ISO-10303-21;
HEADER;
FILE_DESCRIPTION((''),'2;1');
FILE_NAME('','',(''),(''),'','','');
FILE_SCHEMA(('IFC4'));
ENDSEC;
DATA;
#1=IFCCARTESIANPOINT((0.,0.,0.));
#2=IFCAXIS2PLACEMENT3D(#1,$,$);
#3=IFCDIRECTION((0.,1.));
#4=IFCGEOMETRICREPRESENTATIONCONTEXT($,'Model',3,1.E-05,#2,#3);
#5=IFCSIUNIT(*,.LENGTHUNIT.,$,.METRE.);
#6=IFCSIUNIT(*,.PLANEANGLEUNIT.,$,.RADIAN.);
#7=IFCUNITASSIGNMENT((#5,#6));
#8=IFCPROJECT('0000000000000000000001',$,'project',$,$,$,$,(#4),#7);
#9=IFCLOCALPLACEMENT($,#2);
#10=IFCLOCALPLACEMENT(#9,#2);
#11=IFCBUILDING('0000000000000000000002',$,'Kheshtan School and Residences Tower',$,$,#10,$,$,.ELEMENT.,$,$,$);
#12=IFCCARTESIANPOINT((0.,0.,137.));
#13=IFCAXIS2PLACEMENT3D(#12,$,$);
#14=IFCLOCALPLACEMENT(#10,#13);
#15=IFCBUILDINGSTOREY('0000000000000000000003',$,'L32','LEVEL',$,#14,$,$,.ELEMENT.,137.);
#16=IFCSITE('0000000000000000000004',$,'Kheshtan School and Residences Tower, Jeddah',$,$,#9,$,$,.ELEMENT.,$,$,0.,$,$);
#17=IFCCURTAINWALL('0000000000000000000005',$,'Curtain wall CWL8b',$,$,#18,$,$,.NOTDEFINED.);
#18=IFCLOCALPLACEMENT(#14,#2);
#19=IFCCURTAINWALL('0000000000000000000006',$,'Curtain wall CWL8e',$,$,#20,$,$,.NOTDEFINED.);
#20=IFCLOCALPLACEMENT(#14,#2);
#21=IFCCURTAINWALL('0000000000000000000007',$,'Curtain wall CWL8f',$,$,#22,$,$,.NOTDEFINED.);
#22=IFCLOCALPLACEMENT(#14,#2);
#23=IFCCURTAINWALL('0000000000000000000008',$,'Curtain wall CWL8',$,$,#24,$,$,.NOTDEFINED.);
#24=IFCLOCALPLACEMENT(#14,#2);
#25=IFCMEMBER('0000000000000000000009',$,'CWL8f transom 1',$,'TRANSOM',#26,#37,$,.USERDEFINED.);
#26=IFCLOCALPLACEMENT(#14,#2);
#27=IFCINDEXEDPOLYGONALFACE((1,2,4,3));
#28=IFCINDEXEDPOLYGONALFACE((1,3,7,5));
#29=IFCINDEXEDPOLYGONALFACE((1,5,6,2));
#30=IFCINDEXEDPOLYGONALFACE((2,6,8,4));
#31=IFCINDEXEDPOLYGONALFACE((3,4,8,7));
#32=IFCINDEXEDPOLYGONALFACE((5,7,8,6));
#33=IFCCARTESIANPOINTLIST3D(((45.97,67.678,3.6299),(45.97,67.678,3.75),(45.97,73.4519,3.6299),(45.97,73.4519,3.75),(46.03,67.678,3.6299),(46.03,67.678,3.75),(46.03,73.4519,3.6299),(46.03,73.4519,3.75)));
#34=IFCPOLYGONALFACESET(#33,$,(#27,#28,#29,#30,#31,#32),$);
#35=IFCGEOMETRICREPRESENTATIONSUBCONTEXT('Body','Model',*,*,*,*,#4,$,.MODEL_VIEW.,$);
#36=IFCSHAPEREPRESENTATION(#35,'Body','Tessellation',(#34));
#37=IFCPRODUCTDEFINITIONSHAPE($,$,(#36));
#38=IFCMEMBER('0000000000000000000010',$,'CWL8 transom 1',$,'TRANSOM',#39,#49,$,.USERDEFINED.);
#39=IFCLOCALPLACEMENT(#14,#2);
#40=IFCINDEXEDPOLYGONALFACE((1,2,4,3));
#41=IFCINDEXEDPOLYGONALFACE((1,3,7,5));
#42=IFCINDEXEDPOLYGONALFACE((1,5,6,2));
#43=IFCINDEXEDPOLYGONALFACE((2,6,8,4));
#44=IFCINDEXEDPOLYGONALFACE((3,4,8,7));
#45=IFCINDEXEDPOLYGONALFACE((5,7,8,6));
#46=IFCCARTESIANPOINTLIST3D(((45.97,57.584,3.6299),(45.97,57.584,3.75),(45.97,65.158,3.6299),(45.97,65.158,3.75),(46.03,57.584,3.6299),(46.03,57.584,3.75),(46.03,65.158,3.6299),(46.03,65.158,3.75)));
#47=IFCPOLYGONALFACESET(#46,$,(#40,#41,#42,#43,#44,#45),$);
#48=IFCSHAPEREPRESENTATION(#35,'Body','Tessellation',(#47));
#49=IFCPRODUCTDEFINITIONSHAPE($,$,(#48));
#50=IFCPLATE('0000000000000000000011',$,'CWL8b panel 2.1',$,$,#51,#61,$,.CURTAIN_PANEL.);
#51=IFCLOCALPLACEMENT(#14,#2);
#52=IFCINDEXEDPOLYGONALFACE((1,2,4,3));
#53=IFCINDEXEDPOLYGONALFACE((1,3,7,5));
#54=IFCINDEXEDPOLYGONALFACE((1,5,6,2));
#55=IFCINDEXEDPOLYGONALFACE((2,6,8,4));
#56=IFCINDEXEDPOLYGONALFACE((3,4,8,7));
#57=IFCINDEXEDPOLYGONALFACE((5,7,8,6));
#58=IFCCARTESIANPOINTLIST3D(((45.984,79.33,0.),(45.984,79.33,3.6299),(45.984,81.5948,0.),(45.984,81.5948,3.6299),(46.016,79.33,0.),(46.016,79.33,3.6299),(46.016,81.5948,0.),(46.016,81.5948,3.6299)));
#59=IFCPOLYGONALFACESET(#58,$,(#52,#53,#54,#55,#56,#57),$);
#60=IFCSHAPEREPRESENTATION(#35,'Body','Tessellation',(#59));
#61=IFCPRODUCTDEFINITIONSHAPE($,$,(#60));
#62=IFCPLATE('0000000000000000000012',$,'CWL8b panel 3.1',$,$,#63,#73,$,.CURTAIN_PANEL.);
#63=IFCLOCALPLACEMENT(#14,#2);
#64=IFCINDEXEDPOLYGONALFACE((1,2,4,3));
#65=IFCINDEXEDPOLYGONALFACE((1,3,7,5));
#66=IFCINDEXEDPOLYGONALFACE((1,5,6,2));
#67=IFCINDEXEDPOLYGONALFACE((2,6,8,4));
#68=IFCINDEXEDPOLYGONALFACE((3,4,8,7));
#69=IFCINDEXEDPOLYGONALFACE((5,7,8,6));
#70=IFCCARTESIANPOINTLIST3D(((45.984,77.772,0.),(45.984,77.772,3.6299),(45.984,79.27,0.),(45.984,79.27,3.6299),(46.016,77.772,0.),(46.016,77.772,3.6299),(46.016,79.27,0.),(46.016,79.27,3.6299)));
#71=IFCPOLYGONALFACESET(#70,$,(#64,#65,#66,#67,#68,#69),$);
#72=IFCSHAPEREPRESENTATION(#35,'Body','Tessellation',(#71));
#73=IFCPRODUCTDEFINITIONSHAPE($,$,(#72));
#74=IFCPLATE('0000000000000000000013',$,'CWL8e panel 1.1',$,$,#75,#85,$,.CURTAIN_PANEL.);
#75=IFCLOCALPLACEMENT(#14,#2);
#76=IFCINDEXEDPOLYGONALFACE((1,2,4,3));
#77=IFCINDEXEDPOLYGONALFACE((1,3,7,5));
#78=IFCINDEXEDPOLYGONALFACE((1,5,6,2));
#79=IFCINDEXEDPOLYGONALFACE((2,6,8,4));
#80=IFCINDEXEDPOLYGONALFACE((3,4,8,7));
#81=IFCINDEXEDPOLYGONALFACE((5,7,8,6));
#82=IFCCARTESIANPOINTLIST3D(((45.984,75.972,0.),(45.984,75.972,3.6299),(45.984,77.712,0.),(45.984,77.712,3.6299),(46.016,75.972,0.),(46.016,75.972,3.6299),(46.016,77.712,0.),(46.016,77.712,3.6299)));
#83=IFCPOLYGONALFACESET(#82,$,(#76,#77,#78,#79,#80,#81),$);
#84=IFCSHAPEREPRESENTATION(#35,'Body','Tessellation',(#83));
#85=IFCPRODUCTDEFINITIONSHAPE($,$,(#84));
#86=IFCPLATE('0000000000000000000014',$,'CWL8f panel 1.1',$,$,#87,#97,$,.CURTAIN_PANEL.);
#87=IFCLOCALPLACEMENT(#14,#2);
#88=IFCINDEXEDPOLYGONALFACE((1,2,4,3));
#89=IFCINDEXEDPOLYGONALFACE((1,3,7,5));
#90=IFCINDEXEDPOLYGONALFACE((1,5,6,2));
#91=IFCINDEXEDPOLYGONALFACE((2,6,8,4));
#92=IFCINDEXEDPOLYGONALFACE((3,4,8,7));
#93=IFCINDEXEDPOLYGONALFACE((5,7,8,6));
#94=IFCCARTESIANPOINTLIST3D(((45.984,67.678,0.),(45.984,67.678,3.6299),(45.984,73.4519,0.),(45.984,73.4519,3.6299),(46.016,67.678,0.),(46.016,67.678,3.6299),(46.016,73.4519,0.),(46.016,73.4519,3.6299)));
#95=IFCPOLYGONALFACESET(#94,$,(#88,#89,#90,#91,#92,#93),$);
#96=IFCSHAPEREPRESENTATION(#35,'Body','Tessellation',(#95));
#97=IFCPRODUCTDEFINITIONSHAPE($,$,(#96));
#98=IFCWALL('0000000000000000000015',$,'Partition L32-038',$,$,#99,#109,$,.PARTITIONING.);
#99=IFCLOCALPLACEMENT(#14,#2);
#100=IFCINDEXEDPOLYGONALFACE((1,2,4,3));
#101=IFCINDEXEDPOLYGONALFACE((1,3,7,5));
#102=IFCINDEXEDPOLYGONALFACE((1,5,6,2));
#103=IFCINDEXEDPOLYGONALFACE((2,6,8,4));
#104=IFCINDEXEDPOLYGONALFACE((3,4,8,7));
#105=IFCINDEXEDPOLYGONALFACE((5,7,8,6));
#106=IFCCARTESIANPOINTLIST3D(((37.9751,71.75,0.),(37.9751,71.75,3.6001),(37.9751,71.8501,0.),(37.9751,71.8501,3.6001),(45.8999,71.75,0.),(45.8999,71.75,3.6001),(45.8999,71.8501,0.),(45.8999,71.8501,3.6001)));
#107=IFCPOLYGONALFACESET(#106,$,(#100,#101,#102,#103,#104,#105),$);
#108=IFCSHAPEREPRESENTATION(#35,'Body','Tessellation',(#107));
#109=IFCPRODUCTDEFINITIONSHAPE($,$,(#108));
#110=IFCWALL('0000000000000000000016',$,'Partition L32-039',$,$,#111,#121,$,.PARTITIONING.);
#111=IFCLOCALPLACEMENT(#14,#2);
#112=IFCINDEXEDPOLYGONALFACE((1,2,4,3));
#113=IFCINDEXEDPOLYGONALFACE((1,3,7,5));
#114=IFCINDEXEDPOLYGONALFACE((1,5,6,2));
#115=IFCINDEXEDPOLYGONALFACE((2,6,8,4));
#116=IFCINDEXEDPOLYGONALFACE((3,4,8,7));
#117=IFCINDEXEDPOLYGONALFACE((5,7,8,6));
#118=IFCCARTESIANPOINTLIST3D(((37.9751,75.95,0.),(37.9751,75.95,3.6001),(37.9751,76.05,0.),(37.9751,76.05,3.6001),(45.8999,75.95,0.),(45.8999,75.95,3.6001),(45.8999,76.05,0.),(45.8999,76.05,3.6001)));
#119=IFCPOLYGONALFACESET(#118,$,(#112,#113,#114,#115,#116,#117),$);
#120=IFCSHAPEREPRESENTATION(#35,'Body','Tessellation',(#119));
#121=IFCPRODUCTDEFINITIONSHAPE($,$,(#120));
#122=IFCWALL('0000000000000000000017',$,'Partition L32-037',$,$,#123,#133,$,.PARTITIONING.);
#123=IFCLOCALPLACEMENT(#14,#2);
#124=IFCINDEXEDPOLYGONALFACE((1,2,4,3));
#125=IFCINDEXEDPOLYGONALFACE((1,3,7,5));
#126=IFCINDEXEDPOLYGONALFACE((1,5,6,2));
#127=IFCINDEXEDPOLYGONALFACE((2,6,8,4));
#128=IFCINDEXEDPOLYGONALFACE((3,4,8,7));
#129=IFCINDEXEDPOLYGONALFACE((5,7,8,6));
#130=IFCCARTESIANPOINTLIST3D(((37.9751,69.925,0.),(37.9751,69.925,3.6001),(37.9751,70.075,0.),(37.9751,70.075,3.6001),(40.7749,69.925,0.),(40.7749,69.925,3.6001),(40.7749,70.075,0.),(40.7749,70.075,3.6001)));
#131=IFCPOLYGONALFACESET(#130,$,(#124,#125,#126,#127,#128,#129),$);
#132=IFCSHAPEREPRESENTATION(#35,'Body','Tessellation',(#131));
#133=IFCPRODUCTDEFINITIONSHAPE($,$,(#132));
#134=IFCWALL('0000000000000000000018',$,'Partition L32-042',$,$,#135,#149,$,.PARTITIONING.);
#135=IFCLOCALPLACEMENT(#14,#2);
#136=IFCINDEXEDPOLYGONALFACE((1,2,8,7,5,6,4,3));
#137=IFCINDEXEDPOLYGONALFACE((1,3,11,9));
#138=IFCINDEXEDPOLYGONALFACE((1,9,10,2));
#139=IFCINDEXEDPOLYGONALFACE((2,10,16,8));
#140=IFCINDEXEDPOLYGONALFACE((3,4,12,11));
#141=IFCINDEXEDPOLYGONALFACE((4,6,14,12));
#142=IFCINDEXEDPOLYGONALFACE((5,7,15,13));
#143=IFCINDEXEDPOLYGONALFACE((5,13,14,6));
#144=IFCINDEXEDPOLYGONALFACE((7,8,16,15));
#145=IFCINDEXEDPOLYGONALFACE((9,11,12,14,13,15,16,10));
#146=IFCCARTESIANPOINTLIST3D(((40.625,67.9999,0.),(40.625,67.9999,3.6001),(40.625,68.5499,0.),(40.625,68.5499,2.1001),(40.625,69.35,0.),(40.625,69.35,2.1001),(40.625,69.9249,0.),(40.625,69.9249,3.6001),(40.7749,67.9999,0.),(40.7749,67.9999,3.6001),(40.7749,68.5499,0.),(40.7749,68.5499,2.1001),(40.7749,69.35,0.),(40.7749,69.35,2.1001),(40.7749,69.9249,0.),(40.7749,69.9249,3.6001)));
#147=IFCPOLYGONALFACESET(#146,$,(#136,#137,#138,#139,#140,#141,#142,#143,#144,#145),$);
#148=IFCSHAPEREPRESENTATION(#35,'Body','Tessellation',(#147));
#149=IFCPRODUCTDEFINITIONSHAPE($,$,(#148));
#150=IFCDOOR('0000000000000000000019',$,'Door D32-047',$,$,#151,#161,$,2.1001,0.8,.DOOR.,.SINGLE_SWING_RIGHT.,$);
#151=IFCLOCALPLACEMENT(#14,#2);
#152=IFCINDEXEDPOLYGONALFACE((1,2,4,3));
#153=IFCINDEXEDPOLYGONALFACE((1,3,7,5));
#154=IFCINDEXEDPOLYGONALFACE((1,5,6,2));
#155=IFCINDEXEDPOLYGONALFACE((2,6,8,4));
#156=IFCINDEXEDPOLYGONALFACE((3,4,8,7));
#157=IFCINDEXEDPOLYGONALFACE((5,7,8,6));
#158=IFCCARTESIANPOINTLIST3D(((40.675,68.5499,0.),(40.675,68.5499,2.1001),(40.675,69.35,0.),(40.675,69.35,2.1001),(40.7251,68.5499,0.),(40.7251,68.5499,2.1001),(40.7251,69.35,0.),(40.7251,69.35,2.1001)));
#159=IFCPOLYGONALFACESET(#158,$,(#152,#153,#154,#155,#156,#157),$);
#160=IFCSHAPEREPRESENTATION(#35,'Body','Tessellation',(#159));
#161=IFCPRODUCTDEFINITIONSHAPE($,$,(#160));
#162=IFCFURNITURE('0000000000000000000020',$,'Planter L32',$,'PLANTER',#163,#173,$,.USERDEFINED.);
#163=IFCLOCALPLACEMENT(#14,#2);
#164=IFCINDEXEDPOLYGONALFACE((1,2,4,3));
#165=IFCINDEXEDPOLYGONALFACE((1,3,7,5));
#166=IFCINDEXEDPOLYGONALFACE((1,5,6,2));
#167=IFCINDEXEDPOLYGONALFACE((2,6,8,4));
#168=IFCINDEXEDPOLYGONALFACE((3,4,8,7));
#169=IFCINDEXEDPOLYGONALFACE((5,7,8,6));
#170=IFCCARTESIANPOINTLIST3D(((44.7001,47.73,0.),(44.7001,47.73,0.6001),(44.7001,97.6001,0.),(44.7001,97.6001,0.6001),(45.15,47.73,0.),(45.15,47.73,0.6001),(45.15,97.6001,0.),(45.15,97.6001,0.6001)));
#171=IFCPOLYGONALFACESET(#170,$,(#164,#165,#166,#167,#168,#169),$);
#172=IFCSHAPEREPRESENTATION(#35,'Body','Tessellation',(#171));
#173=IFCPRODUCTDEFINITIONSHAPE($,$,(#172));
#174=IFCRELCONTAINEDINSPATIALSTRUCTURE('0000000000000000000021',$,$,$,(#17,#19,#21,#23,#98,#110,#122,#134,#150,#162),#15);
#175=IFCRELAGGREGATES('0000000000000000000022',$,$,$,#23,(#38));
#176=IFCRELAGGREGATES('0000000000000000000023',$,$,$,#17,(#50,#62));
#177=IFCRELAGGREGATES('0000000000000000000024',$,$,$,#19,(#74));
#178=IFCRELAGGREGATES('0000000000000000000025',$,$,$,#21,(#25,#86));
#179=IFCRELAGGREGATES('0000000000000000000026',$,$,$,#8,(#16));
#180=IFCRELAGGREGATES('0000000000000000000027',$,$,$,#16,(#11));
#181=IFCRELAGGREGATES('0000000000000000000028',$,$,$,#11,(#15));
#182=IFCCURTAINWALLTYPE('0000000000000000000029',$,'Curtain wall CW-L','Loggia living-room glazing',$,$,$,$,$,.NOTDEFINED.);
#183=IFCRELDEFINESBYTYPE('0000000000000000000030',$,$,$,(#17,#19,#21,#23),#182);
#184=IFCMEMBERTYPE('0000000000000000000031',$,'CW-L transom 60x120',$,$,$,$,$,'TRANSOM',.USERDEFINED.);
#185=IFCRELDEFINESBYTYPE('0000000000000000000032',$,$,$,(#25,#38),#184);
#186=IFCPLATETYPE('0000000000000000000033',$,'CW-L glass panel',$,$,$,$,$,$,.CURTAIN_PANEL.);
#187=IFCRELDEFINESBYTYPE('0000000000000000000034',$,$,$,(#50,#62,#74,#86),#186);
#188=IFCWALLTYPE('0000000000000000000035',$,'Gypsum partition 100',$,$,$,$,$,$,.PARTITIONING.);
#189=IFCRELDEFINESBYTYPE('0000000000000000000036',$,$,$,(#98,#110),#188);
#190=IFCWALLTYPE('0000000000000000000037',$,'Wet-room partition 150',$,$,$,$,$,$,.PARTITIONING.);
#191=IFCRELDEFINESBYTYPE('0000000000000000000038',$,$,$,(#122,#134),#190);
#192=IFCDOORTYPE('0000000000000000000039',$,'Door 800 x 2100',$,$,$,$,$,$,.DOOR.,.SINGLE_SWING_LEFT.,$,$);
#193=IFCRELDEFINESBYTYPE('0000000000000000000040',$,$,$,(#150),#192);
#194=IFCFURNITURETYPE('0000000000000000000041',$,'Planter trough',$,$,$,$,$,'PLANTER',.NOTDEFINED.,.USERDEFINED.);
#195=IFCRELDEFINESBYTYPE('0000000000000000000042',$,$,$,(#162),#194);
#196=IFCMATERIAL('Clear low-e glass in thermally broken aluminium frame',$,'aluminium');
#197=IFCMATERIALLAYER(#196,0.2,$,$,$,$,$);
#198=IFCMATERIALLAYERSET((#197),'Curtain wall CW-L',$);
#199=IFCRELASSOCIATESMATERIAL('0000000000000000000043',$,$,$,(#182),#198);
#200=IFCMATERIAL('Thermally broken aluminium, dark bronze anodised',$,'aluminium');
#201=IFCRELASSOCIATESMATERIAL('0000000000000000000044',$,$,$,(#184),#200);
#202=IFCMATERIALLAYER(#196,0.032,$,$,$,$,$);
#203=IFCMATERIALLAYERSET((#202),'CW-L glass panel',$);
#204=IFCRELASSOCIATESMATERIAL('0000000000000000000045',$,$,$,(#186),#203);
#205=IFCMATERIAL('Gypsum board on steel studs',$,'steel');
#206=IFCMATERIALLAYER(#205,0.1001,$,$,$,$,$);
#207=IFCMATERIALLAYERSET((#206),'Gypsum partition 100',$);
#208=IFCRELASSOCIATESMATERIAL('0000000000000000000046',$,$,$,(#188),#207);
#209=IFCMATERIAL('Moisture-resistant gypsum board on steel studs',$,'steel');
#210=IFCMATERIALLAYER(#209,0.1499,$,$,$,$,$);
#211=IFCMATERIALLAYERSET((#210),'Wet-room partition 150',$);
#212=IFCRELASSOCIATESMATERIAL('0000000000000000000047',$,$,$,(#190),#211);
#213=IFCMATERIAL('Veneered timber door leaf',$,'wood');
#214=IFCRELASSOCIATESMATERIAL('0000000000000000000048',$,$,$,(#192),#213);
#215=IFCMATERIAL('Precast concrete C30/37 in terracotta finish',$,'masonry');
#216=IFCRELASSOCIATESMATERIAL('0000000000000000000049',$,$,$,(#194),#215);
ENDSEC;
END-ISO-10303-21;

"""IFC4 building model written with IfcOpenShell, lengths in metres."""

from ifc_helpers import new_model, si_unit, direction, frame, frame_2d, origin, origin_2d, place, context, subcontext, project, spatial, rectangle, extrude, source, transform, mapped, material, layer, layer_set, material_profile, profile_set, type_object, element, fill, aggregate, save


model = new_model("IFC4")

# Units and contexts
model_context = context("Model", 3, precision=1e-05, world=origin(), true_north=direction((0.0, 1.0)))
body_context = subcontext(model_context, "Body", "Model", "MODEL_VIEW")
ifc_project = project(units=[si_unit("LENGTHUNIT", "METRE"), si_unit("PLANEANGLEUNIT", "RADIAN")], contexts=[model_context])

# Site, building, storey
site_placement = place(None, origin())
site = spatial("IfcSite", under=ifc_project, at=site_placement, Name="Kheshtan School and Residences Tower, Jeddah", CompositionType="ELEMENT", RefElevation=0.0)
building_placement = place(site_placement, origin())
building = spatial("IfcBuilding", under=site, at=building_placement, Name="Kheshtan School and Residences Tower", CompositionType="ELEMENT")
storey_placement = place(building_placement, frame((0.0, 0.0, 137.0)))
storey = spatial("IfcBuildingStorey", under=building, at=storey_placement, Name="L32", Description="LEVEL", CompositionType="ELEMENT", Elevation=137.0)

# Curtain wall
ifc_material_1 = material(Name="Clear low-e glass in thermally broken aluminium frame", Category="aluminium")
ifc_layer_1 = layer(ifc_material_1, 0.2)
ifc_layer_set_1 = layer_set([ifc_layer_1], Name="Curtain wall CW-L")
curtain_wall_type = type_object("IfcCurtainWallType", Name="Curtain wall CW-L", Description="Loggia living-room glazing", PredefinedType="NOTDEFINED", material=ifc_layer_set_1)
curtain_wall_1_placement = place(storey_placement, origin())
curtain_wall_1 = element("IfcCurtainWall", 1, at=curtain_wall_1_placement, inside=storey, type_object=curtain_wall_type, Name="Curtain wall CWL8b", PredefinedType="NOTDEFINED")
ifc_material_2 = material(Name="Thermally broken aluminium, dark bronze anodised", Category="aluminium")

# Curtain wall
curtain_wall_2_placement = place(storey_placement, origin())
curtain_wall_2 = element("IfcCurtainWall", 2, at=curtain_wall_2_placement, inside=storey, type_object=curtain_wall_type, Name="Curtain wall CWL8e", PredefinedType="NOTDEFINED")

# Curtain wall
curtain_wall_3_placement = place(storey_placement, origin())
curtain_wall_3 = element("IfcCurtainWall", 3, at=curtain_wall_3_placement, inside=storey, type_object=curtain_wall_type, Name="Curtain wall CWL8f", PredefinedType="NOTDEFINED")

# Curtain wall
curtain_wall_4_placement = place(storey_placement, origin())
curtain_wall_4 = element("IfcCurtainWall", 4, at=curtain_wall_4_placement, inside=storey, type_object=curtain_wall_type, Name="Curtain wall CWL8", PredefinedType="NOTDEFINED")

# Members
ifc_material_profile_1 = material_profile(ifc_material_2, rectangle(XDim=0.0601, YDim=0.1201, at=origin_2d()), Name="CW-L transom 60x120")
ifc_profile_set_1 = profile_set([ifc_material_profile_1], Name="Thermally broken aluminium, dark bronze anodised")
member_type_1 = type_object("IfcMemberType", Name="CW-L transom 60x120", ElementType="TRANSOM", PredefinedType="USERDEFINED", material=ifc_profile_set_1)
member_1_placement = place(storey_placement, frame((46.0, 73.4519, 3.6899), z_axis=(0.0, -1.0, 0.0), x_axis=(1.0, 0.0, 0.0)))
member_1 = element("IfcMember", 5, at=member_1_placement, type_object=member_type_1, Name="CWL8f transom 1", ObjectType="TRANSOM", PredefinedType="USERDEFINED", context=body_context, shape_type="SweptSolid", body=[
    extrude(rectangle(XDim=0.0601, YDim=0.1201, at=origin_2d()), origin(), (0.0, 0.0, 1.0), 5.7739),
])
member_2_placement = place(storey_placement, frame((46.0, 65.158, 3.6899), z_axis=(0.0, -1.0, 0.0), x_axis=(1.0, 0.0, 0.0)))
member_2 = element("IfcMember", 6, at=member_2_placement, type_object=member_type_1, Name="CWL8 transom 1", ObjectType="TRANSOM", PredefinedType="USERDEFINED", context=body_context, shape_type="SweptSolid", body=[
    extrude(rectangle(XDim=0.0601, YDim=0.1201, at=origin_2d()), origin(), (0.0, 0.0, 1.0), 7.574),
])
aggregate(curtain_wall_4, [member_2])

# Plates
ifc_layer_2 = layer(ifc_material_1, 0.032)
ifc_layer_set_2 = layer_set([ifc_layer_2], Name="CW-L glass panel")
plate_type = type_object("IfcPlateType", Name="CW-L glass panel", PredefinedType="CURTAIN_PANEL", material=ifc_layer_set_2)
plate_1_placement = place(storey_placement, frame((46.0, 80.4624, 0.0), z_axis=(0.0, 0.0, 1.0), x_axis=(0.0, -1.0, 0.0)))
plate_1 = element("IfcPlate", 7, at=plate_1_placement, type_object=plate_type, Name="CWL8b panel 2.1", PredefinedType="CURTAIN_PANEL", context=body_context, shape_type="SweptSolid", body=[
    extrude(rectangle(XDim=2.2649, YDim=0.032, at=origin_2d()), origin(), (0.0, 0.0, 1.0), 3.6299),
])
plate_2_placement = place(storey_placement, frame((46.0, 78.521, 0.0), z_axis=(0.0, 0.0, 1.0), x_axis=(0.0, -1.0, 0.0)))
plate_2 = element("IfcPlate", 8, at=plate_2_placement, type_object=plate_type, Name="CWL8b panel 3.1", PredefinedType="CURTAIN_PANEL", context=body_context, shape_type="SweptSolid", body=[
    extrude(rectangle(XDim=1.498, YDim=0.032, at=origin_2d()), origin(), (0.0, 0.0, 1.0), 3.6299),
])
aggregate(curtain_wall_1, [plate_1, plate_2])
plate_3_placement = place(storey_placement, frame((46.0, 76.842, 0.0), z_axis=(0.0, 0.0, 1.0), x_axis=(0.0, -1.0, 0.0)))
plate_3 = element("IfcPlate", 9, at=plate_3_placement, type_object=plate_type, Name="CWL8e panel 1.1", PredefinedType="CURTAIN_PANEL", context=body_context, shape_type="SweptSolid", body=[
    extrude(rectangle(XDim=1.74, YDim=0.032, at=origin_2d()), origin(), (0.0, 0.0, 1.0), 3.6299),
])
aggregate(curtain_wall_2, [plate_3])
plate_4_placement = place(storey_placement, frame((46.0, 70.5649, 0.0), z_axis=(0.0, 0.0, 1.0), x_axis=(0.0, -1.0, 0.0)))
plate_4 = element("IfcPlate", 10, at=plate_4_placement, type_object=plate_type, Name="CWL8f panel 1.1", PredefinedType="CURTAIN_PANEL", context=body_context, shape_type="SweptSolid", body=[
    extrude(rectangle(XDim=5.7739, YDim=0.032, at=origin_2d()), origin(), (0.0, 0.0, 1.0), 3.6299),
])
aggregate(curtain_wall_3, [member_1, plate_4])

# Walls
ifc_material_3 = material(Name="Gypsum board on steel studs", Category="steel")
ifc_layer_3 = layer(ifc_material_3, 0.1001)
ifc_layer_set_3 = layer_set([ifc_layer_3], Name="Gypsum partition 100")
wall_type_1 = type_object("IfcWallType", Name="Gypsum partition 100", PredefinedType="PARTITIONING", material=ifc_layer_set_3)
for number, where, z_axis, x_axis, name in (
    (11, (37.9751, 71.8, 0.0), (0.0, 0.0, 1.0), (1.0, 0.0, 0.0), "Partition L32-038"),
    (12, (37.9751, 76.0, 0.0), (0.0, 0.0, 1.0), (1.0, 0.0, 0.0), "Partition L32-039"),
):
    element("IfcWall", number, at=place(storey_placement, frame(where, z_axis=z_axis, x_axis=x_axis)), inside=storey, type_object=wall_type_1, Name=name, PredefinedType="PARTITIONING", context=body_context, shape_type="SweptSolid", body=[
        extrude(rectangle(XDim=7.9248, YDim=0.1001, at=frame_2d((3.9624, 0.0))), origin(), (0.0, 0.0, 1.0), 3.6001),
    ])
ifc_material_4 = material(Name="Moisture-resistant gypsum board on steel studs", Category="steel")
ifc_layer_4 = layer(ifc_material_4, 0.1499)
ifc_layer_set_4 = layer_set([ifc_layer_4], Name="Wet-room partition 150")
wall_type_2 = type_object("IfcWallType", Name="Wet-room partition 150", PredefinedType="PARTITIONING", material=ifc_layer_set_4)
wall_1_placement = place(storey_placement, frame((37.9751, 70.0, 0.0), z_axis=(0.0, 0.0, 1.0), x_axis=(1.0, 0.0, 0.0)))
element("IfcWall", 13, at=wall_1_placement, inside=storey, type_object=wall_type_2, Name="Partition L32-037", PredefinedType="PARTITIONING", context=body_context, shape_type="SweptSolid", body=[
    extrude(rectangle(XDim=2.7998, YDim=0.1499, at=frame_2d((1.3999, 0.0))), origin(), (0.0, 0.0, 1.0), 3.6001),
])

# Wall, opening, door
wall_2_placement = place(storey_placement, frame((40.7, 68.0, 0.0), z_axis=(0.0, 0.0, 1.0), x_axis=(0.0, 1.0, 0.0)))
wall_2 = element("IfcWall", 14, at=wall_2_placement, inside=storey, type_object=wall_type_2, Name="Partition L32-042", PredefinedType="PARTITIONING", context=body_context, shape_type="SweptSolid", body=[
    extrude(rectangle(XDim=1.925, YDim=0.1499, at=frame_2d((0.9624, 0.0))), origin(), (0.0, 0.0, 1.0), 3.6001),
])
opening_1_placement = place(wall_2_placement, frame((0.55, 0.0, 0.0)))
opening_1 = element("IfcOpeningElement", 15, at=opening_1_placement, cuts=wall_2, PredefinedType="OPENING", context=body_context, shape_type="SweptSolid", body=[
    extrude(rectangle(XDim=0.8, YDim=2.1001, at=frame_2d((0.3999, 1.05))), frame((0.0, 0.085, 0.0), z_axis=(0.0, -1.0, 0.0), x_axis=(1.0, 0.0, 0.0)), (0.0, 0.0, 1.0), 0.1699),
])
ifc_material_5 = material(Name="Veneered timber door leaf", Category="wood")
door_type_1 = type_object("IfcDoorType", Name="Door 800 x 2100", OperationType="SINGLE_SWING_LEFT", PredefinedType="DOOR", material=ifc_material_5)
shared_shape_1 = source(origin(), body_context, "Body", "SweptSolid", [
    extrude(rectangle(XDim=0.8, YDim=2.1001, at=frame_2d((0.3999, 1.05))), frame((0.0, 0.0249, 0.0), z_axis=(0.0, -1.0, 0.0), x_axis=(1.0, 0.0, 0.0)), (0.0, 0.0, 1.0), 0.05),
])
door_1_placement = place(opening_1_placement, origin())
door_1 = element("IfcDoor", 16, at=door_1_placement, inside=storey, type_object=door_type_1, Name="Door D32-047", OperationType="SINGLE_SWING_RIGHT", OverallHeight=2.1001, OverallWidth=0.8, PredefinedType="DOOR", context=body_context, shape_type="MappedRepresentation", body=[
    mapped(shared_shape_1, transform((0.0, 0.0, 0.0), x_axis=(1.0, 0.0, 0.0), y_axis=(0.0, 1.0, 0.0), z_axis=(0.0, 0.0, 1.0), scale=1.0)),
])
fill(opening_1, door_1)

# Furniture
ifc_material_6 = material(Name="Precast concrete C30/37 in terracotta finish", Category="masonry")
furniture_type = type_object("IfcFurnitureType", Name="Planter trough", ElementType="PLANTER", AssemblyPlace="NOTDEFINED", PredefinedType="USERDEFINED", material=ifc_material_6)
furniture_placement = place(storey_placement, frame((44.925, 72.665, 0.0), z_axis=(0.0, 0.0, 1.0), x_axis=(0.0, -1.0, 0.0)))
element("IfcFurniture", 17, at=furniture_placement, inside=storey, type_object=furniture_type, Name="Planter L32", ObjectType="PLANTER", PredefinedType="USERDEFINED", context=body_context, shape_type="SweptSolid", body=[
    extrude(rectangle(XDim=49.8701, YDim=0.45, at=origin_2d()), origin(), (0.0, 0.0, 1.0), 0.6001),
])

save(model, "model.ifc")
